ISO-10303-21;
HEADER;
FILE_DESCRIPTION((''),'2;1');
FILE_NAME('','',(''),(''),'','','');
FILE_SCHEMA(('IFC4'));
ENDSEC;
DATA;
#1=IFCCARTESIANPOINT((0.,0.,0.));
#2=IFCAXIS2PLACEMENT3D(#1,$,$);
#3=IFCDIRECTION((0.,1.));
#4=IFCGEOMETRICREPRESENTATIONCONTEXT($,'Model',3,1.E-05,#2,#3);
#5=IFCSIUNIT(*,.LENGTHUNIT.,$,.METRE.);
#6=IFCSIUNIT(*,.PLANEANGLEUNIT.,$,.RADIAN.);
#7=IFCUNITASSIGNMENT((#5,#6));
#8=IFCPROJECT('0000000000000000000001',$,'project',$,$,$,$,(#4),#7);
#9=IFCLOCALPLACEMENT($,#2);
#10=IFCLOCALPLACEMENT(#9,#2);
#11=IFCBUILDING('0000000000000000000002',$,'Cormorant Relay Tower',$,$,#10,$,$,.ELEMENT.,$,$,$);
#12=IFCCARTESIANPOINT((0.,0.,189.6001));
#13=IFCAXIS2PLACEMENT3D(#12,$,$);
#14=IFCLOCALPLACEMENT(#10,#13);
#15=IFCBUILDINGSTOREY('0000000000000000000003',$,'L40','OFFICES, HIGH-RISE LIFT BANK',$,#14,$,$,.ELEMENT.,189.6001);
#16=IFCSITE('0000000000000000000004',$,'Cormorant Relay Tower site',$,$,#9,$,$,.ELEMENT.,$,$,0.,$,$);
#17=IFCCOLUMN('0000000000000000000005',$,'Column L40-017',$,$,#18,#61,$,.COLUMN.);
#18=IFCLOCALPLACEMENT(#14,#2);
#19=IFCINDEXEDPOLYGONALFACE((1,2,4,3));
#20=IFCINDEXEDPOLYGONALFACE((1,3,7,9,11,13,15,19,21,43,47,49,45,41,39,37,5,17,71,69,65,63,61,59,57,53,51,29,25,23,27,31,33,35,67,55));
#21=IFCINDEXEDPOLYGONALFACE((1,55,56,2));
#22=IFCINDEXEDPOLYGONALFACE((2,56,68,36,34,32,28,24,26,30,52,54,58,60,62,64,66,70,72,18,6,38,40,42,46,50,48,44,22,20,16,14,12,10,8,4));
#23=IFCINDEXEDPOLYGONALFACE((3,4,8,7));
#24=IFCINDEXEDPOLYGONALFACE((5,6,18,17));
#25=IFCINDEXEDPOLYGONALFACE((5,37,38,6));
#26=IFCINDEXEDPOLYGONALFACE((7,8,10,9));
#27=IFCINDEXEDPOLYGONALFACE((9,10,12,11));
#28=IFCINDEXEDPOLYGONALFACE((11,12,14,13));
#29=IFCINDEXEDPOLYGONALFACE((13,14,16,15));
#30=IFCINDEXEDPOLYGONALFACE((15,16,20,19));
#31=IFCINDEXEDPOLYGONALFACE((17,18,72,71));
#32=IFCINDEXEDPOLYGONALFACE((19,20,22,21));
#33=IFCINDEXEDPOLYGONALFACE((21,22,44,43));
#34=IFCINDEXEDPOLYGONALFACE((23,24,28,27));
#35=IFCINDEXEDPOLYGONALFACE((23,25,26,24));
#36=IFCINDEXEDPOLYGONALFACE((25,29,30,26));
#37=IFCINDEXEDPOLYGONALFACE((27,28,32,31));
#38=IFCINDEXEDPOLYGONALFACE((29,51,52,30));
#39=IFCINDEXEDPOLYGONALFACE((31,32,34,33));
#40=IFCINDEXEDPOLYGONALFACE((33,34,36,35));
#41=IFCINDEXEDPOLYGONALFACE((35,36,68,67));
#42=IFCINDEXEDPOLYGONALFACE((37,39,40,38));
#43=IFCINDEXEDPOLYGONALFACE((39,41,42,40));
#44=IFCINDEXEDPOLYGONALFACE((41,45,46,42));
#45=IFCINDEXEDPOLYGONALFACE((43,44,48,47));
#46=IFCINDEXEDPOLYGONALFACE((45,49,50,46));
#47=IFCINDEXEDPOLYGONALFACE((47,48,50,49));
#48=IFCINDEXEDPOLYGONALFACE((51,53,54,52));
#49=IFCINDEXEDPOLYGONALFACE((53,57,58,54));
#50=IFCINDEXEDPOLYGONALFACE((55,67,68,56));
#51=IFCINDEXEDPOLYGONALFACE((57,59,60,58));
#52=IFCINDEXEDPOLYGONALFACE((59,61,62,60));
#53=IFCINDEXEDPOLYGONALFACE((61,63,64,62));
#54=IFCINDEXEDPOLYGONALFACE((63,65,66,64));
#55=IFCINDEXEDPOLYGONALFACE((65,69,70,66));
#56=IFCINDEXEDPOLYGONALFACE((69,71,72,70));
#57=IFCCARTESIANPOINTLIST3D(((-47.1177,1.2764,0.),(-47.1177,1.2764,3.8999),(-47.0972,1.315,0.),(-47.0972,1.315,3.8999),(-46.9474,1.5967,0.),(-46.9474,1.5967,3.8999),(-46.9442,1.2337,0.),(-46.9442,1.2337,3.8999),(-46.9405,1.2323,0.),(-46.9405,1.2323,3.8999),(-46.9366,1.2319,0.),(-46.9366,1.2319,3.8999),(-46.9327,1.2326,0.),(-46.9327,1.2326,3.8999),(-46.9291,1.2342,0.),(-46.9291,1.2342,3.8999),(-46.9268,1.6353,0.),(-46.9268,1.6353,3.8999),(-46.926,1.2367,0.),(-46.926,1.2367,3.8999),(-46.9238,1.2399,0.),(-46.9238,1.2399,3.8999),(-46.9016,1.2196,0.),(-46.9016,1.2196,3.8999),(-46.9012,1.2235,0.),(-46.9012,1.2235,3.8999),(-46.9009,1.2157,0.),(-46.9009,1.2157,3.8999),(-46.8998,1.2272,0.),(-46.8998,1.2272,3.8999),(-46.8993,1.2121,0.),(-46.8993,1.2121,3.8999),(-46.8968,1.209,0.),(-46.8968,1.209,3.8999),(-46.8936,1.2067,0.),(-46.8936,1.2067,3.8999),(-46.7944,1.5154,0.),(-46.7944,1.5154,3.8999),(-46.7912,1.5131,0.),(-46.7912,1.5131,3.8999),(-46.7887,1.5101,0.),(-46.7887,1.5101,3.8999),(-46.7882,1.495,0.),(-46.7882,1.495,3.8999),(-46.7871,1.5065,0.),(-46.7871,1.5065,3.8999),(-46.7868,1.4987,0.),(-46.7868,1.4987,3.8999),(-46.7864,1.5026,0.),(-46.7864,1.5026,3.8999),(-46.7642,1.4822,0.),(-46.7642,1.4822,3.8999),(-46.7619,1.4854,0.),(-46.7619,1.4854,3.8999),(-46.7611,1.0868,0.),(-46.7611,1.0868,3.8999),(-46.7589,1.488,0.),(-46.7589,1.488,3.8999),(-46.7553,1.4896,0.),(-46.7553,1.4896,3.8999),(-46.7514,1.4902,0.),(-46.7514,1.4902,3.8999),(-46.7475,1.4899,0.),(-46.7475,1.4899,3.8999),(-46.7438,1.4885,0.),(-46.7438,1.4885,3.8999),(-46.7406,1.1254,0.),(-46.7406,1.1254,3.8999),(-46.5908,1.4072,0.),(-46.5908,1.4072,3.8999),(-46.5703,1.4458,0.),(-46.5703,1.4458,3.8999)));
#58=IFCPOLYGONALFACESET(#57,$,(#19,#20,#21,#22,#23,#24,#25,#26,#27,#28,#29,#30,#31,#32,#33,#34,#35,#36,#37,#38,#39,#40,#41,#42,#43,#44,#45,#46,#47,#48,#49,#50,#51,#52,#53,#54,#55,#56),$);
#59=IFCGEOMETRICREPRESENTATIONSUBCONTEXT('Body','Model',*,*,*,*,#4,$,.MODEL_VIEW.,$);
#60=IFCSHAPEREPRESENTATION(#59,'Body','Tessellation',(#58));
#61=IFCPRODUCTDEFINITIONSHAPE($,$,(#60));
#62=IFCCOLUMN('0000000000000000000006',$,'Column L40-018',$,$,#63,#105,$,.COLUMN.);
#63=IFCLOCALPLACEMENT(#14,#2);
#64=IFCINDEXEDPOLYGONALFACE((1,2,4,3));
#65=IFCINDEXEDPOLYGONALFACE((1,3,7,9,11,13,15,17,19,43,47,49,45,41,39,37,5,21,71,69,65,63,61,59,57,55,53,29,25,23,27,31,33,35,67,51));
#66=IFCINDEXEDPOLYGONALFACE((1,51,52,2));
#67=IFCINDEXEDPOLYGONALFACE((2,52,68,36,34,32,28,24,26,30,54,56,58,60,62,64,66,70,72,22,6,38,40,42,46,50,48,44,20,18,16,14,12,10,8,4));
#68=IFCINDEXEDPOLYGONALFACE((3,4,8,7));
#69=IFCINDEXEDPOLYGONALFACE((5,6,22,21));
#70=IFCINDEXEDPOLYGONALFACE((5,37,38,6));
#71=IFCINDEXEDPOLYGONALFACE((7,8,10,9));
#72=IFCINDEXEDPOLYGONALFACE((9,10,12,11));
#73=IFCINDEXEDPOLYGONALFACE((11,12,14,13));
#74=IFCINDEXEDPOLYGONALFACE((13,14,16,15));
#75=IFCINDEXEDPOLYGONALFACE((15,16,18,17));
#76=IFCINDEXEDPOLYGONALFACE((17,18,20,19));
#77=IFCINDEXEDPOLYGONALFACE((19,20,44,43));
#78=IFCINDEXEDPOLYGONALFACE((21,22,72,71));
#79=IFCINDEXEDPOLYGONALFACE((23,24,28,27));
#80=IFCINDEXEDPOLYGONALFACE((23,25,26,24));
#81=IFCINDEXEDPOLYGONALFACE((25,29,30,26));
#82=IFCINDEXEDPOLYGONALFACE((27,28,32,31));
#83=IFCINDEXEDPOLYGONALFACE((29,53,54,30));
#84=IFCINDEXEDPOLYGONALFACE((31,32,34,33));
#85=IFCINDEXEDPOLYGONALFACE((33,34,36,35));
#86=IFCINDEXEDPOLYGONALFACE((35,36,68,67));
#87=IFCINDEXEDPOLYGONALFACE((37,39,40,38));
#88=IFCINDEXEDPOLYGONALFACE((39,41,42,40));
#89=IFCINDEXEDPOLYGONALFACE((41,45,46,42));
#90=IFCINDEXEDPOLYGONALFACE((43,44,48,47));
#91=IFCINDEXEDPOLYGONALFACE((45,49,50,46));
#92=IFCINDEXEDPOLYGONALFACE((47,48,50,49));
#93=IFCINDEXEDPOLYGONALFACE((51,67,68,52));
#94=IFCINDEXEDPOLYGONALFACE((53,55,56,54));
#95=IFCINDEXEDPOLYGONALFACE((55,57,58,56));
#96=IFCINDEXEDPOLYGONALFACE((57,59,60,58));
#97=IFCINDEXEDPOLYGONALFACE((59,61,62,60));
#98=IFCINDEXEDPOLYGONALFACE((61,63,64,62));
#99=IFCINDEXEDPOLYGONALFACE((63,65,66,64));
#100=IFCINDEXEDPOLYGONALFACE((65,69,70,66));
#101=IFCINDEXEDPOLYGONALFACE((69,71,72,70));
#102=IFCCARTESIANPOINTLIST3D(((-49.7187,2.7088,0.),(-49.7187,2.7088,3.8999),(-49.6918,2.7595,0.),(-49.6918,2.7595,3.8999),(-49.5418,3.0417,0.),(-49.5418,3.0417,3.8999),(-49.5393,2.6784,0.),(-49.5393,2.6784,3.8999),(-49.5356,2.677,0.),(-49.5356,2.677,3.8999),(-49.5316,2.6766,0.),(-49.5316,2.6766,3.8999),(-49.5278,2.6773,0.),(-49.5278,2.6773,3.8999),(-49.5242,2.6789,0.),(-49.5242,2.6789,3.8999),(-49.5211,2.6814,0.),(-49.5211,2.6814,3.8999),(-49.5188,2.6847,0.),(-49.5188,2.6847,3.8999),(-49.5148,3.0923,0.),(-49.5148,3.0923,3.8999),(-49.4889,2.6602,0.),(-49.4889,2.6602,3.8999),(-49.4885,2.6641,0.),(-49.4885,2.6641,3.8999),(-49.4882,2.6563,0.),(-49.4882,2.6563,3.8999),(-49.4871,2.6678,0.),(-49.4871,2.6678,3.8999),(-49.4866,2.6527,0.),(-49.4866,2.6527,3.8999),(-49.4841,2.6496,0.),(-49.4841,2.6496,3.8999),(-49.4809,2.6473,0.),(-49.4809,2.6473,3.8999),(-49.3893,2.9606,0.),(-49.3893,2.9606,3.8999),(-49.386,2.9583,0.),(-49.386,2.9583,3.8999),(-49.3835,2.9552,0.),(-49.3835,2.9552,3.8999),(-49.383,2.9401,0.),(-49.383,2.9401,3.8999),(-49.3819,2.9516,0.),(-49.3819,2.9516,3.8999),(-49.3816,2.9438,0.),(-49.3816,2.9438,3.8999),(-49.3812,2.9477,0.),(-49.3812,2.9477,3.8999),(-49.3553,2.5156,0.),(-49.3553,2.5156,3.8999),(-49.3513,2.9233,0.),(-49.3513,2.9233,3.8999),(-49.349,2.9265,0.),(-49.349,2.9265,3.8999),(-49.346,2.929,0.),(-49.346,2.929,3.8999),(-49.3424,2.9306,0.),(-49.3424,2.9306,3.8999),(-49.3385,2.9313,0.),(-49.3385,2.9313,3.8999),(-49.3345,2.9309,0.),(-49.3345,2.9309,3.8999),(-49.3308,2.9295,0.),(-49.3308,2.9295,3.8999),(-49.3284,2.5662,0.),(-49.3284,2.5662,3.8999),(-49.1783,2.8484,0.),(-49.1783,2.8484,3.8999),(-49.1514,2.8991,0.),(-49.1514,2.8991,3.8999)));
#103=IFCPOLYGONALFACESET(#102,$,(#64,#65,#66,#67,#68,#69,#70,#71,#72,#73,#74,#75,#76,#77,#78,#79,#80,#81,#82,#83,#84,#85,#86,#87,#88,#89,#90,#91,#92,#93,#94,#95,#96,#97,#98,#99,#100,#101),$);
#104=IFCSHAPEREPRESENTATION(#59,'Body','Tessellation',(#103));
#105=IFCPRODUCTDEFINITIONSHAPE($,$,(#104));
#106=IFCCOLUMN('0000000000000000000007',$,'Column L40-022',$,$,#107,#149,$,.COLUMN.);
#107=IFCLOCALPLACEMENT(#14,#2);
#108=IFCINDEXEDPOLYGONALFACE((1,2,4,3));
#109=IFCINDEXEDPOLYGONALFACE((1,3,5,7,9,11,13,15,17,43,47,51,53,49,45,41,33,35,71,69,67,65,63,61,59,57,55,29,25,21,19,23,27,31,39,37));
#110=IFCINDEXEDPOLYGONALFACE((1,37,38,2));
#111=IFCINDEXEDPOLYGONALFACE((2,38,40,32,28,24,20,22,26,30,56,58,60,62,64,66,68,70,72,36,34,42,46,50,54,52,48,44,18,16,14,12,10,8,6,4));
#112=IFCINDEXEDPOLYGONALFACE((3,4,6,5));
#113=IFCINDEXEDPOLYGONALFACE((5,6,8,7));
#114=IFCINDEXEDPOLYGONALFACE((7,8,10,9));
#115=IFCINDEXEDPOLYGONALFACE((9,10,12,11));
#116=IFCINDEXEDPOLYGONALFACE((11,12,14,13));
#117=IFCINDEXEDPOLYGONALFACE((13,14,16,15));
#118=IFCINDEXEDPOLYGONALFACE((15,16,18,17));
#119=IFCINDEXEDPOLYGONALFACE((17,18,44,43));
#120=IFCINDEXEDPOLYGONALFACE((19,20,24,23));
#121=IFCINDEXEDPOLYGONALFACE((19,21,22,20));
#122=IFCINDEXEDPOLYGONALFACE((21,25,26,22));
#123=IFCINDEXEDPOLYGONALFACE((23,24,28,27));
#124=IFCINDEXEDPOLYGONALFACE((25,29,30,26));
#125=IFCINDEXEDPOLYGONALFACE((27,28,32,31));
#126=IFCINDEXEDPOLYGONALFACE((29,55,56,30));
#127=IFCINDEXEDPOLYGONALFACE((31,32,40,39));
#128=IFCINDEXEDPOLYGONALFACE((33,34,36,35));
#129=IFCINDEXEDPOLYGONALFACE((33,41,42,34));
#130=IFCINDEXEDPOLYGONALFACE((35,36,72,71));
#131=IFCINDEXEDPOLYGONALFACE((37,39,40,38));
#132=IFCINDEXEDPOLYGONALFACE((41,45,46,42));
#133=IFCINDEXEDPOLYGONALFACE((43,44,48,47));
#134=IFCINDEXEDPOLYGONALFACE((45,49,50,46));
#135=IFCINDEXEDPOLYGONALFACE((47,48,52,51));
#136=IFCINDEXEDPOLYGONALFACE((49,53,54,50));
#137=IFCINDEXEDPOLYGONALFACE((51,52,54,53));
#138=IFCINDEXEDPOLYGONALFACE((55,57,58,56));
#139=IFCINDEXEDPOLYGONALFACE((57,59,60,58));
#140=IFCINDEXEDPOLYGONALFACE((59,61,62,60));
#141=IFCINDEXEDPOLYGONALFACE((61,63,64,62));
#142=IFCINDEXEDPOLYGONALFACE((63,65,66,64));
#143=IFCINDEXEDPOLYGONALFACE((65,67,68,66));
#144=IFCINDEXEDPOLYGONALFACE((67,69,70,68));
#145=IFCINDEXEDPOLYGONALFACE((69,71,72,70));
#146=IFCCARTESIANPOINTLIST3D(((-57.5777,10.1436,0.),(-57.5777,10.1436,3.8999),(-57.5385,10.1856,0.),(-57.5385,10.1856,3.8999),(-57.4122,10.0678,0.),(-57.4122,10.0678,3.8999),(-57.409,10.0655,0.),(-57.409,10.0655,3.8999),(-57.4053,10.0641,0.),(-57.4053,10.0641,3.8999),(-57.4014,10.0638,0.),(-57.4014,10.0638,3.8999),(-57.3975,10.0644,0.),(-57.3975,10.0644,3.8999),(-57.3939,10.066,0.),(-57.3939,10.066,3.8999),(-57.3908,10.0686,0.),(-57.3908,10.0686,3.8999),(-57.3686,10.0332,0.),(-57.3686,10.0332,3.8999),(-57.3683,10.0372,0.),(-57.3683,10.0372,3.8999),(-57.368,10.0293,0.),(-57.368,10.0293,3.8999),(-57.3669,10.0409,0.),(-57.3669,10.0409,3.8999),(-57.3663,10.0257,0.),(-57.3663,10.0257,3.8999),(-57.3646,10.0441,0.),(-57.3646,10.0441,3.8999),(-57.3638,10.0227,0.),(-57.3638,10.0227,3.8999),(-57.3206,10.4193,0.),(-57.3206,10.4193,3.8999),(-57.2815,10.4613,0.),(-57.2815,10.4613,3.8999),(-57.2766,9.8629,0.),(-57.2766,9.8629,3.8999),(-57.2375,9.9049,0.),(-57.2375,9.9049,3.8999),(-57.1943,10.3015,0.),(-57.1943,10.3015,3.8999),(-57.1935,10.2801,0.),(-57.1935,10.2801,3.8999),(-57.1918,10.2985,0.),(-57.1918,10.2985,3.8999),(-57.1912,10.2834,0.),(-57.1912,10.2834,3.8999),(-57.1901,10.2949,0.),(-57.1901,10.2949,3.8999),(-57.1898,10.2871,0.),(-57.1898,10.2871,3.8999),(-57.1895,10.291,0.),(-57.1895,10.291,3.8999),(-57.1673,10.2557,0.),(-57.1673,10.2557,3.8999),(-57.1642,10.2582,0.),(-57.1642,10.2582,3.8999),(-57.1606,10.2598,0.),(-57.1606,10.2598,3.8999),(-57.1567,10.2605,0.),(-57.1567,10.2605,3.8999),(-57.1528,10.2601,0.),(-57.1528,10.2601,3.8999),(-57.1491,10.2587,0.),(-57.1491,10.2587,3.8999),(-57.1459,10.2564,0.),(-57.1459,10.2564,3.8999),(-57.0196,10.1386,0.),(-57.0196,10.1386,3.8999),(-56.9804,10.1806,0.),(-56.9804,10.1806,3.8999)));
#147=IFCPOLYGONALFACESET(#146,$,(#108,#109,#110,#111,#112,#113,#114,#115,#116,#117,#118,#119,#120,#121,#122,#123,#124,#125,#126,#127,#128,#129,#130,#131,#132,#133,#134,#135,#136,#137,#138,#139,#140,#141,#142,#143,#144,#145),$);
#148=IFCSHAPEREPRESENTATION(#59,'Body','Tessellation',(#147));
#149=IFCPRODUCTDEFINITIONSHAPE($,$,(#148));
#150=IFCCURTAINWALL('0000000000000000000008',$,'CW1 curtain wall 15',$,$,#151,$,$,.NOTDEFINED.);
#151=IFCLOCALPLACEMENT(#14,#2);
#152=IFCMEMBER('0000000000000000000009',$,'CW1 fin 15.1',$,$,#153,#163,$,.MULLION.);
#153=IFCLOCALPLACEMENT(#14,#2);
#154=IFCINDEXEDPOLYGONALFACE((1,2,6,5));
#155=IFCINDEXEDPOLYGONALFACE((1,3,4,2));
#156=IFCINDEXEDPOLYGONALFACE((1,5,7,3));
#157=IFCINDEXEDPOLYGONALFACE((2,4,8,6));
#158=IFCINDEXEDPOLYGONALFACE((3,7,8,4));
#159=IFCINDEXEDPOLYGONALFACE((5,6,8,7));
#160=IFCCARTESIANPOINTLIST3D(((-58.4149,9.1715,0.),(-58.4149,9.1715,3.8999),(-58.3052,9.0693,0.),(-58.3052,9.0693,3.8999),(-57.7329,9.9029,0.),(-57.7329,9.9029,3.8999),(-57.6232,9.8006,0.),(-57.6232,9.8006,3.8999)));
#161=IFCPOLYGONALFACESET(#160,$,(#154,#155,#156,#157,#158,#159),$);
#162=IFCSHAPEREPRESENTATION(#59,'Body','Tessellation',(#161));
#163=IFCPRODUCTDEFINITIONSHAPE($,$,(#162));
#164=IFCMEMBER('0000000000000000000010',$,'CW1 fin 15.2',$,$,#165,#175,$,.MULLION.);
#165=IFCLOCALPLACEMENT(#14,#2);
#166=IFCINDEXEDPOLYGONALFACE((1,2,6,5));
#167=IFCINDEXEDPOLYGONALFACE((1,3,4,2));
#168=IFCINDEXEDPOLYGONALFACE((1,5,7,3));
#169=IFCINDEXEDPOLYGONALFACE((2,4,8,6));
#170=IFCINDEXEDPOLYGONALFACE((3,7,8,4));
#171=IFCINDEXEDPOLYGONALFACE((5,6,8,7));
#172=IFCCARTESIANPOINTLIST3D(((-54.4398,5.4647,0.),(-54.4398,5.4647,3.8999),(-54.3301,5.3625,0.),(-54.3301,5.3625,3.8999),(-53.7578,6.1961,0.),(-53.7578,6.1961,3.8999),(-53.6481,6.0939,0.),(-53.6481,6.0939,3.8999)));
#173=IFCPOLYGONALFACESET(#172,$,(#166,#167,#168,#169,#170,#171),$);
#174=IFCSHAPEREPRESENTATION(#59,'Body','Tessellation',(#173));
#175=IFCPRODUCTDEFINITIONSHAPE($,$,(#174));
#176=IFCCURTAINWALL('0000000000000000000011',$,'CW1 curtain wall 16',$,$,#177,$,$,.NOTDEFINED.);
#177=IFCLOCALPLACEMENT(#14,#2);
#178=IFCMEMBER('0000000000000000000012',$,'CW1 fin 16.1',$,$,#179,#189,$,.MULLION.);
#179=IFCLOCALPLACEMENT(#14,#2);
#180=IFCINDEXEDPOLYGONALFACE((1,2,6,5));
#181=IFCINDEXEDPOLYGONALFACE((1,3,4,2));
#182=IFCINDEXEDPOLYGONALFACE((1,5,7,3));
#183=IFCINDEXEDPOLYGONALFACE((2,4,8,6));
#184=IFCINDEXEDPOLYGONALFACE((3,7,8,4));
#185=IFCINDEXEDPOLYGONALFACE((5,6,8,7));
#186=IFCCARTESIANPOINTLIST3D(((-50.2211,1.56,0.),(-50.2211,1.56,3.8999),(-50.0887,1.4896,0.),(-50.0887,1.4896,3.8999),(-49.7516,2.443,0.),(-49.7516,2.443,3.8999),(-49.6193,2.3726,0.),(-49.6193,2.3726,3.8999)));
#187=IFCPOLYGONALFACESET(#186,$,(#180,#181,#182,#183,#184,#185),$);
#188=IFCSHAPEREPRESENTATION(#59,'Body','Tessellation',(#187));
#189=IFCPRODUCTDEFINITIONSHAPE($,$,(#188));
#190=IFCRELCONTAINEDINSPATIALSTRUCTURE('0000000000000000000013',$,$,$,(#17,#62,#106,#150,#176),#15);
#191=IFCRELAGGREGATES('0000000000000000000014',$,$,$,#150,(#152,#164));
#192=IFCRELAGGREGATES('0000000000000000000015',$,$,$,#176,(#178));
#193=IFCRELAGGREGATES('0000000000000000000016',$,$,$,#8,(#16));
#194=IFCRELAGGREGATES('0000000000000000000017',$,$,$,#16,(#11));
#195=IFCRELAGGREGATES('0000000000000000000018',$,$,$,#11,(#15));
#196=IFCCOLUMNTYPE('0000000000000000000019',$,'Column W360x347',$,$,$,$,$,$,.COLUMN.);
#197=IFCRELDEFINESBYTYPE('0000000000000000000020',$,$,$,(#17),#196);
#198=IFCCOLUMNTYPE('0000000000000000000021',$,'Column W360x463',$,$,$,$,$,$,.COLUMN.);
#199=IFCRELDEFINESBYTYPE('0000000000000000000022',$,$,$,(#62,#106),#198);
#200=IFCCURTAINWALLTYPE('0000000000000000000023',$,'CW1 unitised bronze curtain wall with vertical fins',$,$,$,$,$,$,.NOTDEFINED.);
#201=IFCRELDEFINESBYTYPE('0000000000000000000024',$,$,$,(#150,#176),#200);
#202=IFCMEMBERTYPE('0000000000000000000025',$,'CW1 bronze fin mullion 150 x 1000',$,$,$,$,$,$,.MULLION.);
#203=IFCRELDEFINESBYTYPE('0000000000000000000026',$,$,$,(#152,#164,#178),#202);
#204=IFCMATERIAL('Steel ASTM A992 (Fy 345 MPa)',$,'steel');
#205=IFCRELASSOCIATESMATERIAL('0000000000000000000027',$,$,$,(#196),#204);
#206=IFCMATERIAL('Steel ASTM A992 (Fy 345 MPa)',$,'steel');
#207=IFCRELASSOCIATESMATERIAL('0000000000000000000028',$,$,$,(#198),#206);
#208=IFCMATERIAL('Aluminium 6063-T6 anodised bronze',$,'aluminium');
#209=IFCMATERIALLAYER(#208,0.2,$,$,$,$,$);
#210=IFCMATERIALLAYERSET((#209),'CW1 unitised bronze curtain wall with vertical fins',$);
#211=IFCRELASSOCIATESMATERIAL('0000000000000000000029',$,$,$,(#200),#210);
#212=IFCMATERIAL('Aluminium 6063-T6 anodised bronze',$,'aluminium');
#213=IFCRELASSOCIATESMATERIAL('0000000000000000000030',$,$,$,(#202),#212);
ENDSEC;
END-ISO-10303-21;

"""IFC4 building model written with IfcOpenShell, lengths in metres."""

from ifc_helpers import new_model, si_unit, direction, frame, origin, origin_2d, place, context, subcontext, project, spatial, rectangle, i_section, extrude, material, layer, layer_set, material_profile, profile_set, type_object, element, aggregate, save


model = new_model("IFC4")

# Units and contexts
model_context = context("Model", 3, precision=1e-05, world=origin(), true_north=direction((0.0, 1.0)))
body_context = subcontext(model_context, "Body", "Model", "MODEL_VIEW")
ifc_project = project(units=[si_unit("LENGTHUNIT", "METRE"), si_unit("PLANEANGLEUNIT", "RADIAN")], contexts=[model_context])

# Site, building, storey
site_placement = place(None, origin())
site = spatial("IfcSite", under=ifc_project, at=site_placement, Name="Cormorant Relay Tower site", CompositionType="ELEMENT", RefElevation=0.0)
building_placement = place(site_placement, origin())
building = spatial("IfcBuilding", under=site, at=building_placement, Name="Cormorant Relay Tower", CompositionType="ELEMENT")
storey_placement = place(building_placement, frame((0.0, 0.0, 189.6001)))
storey = spatial("IfcBuildingStorey", under=building, at=storey_placement, Name="L40", Description="OFFICES, HIGH-RISE LIFT BANK", CompositionType="ELEMENT", Elevation=189.6001)

# Columns
ifc_material_1 = material(Name="Steel ASTM A992 (Fy 345 MPa)", Category="steel")
ifc_material_profile_1 = material_profile(ifc_material_1, i_section(OverallWidth=0.4038, OverallDepth=0.4065, WebThickness=0.0271, FlangeThickness=0.0437, FilletRadius=0.0151, at=origin_2d()), Name="W360x347")
ifc_profile_set_1 = profile_set([ifc_material_profile_1], Name="Steel ASTM A992 (Fy 345 MPa)")
column_type_1 = type_object("IfcColumnType", Name="Column W360x347", PredefinedType="COLUMN", material=ifc_profile_set_1)
column_placement = place(storey_placement, frame((-46.844, 1.3611, 0.0), z_axis=(0.0, 0.0, 1.0), x_axis=(0.882948, -0.469472, 0.0)))
element("IfcColumn", 1, at=column_placement, inside=storey, type_object=column_type_1, Name="Column L40-017", PredefinedType="COLUMN", context=body_context, shape_type="SweptSolid", body=[
    extrude(i_section(OverallWidth=0.4038, OverallDepth=0.4065, WebThickness=0.0271, FlangeThickness=0.0437, FilletRadius=0.0151, at=origin_2d()), origin(), (0.0, 0.0, 1.0), 3.8999),
])
ifc_material_2 = material(Name="Steel ASTM A992 (Fy 345 MPa)", Category="steel")
ifc_material_profile_2 = material_profile(ifc_material_2, i_section(OverallWidth=0.4116, OverallDepth=0.4343, WebThickness=0.0359, FlangeThickness=0.0574, FilletRadius=0.0151, at=origin_2d()), Name="W360x463")
ifc_profile_set_2 = profile_set([ifc_material_profile_2], Name="Steel ASTM A992 (Fy 345 MPa)")
column_type_2 = type_object("IfcColumnType", Name="Column W360x463", PredefinedType="COLUMN", material=ifc_profile_set_2)
for number, where, z_axis, x_axis, name in (
    (2, (-49.4351, 2.804, 0.0), (0.0, 0.0, 1.0), (0.882948, -0.469472, 0.0), "Column L40-018"),
    (3, (-57.2791, 10.1621, 0.0), (0.0, 0.0, 1.0), (0.731354, -0.681998, 0.0), "Column L40-022"),
):
    element("IfcColumn", number, at=place(storey_placement, frame(where, z_axis=z_axis, x_axis=x_axis)), inside=storey, type_object=column_type_2, Name=name, PredefinedType="COLUMN", context=body_context, shape_type="SweptSolid", body=[
        extrude(i_section(OverallWidth=0.4116, OverallDepth=0.4343, WebThickness=0.0359, FlangeThickness=0.0574, FilletRadius=0.0151, at=origin_2d()), origin(), (0.0, 0.0, 1.0), 3.8999),
    ])

# Curtain wall, members
ifc_material_3 = material(Name="Aluminium 6063-T6 anodised bronze", Category="aluminium")
ifc_layer_1 = layer(ifc_material_3, 0.2)
ifc_layer_set_1 = layer_set([ifc_layer_1], Name="CW1 unitised bronze curtain wall with vertical fins")
curtain_wall_type = type_object("IfcCurtainWallType", Name="CW1 unitised bronze curtain wall with vertical fins", PredefinedType="NOTDEFINED", material=ifc_layer_set_1)
curtain_wall_1_placement = place(storey_placement, origin())
curtain_wall_1 = element("IfcCurtainWall", 4, at=curtain_wall_1_placement, inside=storey, type_object=curtain_wall_type, Name="CW1 curtain wall 15", PredefinedType="NOTDEFINED")
ifc_material_4 = material(Name="Aluminium 6063-T6 anodised bronze", Category="aluminium")
ifc_material_profile_3 = material_profile(ifc_material_4, rectangle(XDim=0.1499, YDim=1.0, at=origin_2d()), Name="AL 150x1000")
ifc_profile_set_3 = profile_set([ifc_material_profile_3], Name="Aluminium 6063-T6 anodised bronze")
member_type_1 = type_object("IfcMemberType", Name="CW1 bronze fin mullion 150 x 1000", PredefinedType="MULLION", material=ifc_profile_set_3)
member_1_placement = place(storey_placement, frame((-58.019, 9.4861, 0.0), z_axis=(0.0, 0.0, 1.0), x_axis=(0.731354, -0.681998, 0.0)))
member_1 = element("IfcMember", 5, at=member_1_placement, type_object=member_type_1, Name="CW1 fin 15.1", PredefinedType="MULLION", context=body_context, shape_type="SweptSolid", body=[
    extrude(rectangle(XDim=0.1499, YDim=1.0, at=origin_2d()), origin(), (0.0, 0.0, 1.0), 3.8999),
])
member_2_placement = place(storey_placement, frame((-54.0439, 5.7793, 0.0), z_axis=(0.0, 0.0, 1.0), x_axis=(0.731354, -0.681998, 0.0)))
member_2 = element("IfcMember", 6, at=member_2_placement, type_object=member_type_1, Name="CW1 fin 15.2", PredefinedType="MULLION", context=body_context, shape_type="SweptSolid", body=[
    extrude(rectangle(XDim=0.1499, YDim=1.0, at=origin_2d()), origin(), (0.0, 0.0, 1.0), 3.8999),
])

# Curtain wall, member
curtain_wall_2_placement = place(storey_placement, origin())
curtain_wall_2 = element("IfcCurtainWall", 7, at=curtain_wall_2_placement, inside=storey, type_object=curtain_wall_type, Name="CW1 curtain wall 16", PredefinedType="NOTDEFINED")
member_3_placement = place(storey_placement, frame((-49.9202, 1.9663, 0.0), z_axis=(0.0, 0.0, 1.0), x_axis=(0.882948, -0.469472, 0.0)))
member_3 = element("IfcMember", 8, at=member_3_placement, type_object=member_type_1, Name="CW1 fin 16.1", PredefinedType="MULLION", context=body_context, shape_type="SweptSolid", body=[
    extrude(rectangle(XDim=0.1499, YDim=1.0, at=origin_2d()), origin(), (0.0, 0.0, 1.0), 3.8999),
])

aggregate(curtain_wall_1, [member_1, member_2])
aggregate(curtain_wall_2, [member_3])

save(model, "model.ifc")
